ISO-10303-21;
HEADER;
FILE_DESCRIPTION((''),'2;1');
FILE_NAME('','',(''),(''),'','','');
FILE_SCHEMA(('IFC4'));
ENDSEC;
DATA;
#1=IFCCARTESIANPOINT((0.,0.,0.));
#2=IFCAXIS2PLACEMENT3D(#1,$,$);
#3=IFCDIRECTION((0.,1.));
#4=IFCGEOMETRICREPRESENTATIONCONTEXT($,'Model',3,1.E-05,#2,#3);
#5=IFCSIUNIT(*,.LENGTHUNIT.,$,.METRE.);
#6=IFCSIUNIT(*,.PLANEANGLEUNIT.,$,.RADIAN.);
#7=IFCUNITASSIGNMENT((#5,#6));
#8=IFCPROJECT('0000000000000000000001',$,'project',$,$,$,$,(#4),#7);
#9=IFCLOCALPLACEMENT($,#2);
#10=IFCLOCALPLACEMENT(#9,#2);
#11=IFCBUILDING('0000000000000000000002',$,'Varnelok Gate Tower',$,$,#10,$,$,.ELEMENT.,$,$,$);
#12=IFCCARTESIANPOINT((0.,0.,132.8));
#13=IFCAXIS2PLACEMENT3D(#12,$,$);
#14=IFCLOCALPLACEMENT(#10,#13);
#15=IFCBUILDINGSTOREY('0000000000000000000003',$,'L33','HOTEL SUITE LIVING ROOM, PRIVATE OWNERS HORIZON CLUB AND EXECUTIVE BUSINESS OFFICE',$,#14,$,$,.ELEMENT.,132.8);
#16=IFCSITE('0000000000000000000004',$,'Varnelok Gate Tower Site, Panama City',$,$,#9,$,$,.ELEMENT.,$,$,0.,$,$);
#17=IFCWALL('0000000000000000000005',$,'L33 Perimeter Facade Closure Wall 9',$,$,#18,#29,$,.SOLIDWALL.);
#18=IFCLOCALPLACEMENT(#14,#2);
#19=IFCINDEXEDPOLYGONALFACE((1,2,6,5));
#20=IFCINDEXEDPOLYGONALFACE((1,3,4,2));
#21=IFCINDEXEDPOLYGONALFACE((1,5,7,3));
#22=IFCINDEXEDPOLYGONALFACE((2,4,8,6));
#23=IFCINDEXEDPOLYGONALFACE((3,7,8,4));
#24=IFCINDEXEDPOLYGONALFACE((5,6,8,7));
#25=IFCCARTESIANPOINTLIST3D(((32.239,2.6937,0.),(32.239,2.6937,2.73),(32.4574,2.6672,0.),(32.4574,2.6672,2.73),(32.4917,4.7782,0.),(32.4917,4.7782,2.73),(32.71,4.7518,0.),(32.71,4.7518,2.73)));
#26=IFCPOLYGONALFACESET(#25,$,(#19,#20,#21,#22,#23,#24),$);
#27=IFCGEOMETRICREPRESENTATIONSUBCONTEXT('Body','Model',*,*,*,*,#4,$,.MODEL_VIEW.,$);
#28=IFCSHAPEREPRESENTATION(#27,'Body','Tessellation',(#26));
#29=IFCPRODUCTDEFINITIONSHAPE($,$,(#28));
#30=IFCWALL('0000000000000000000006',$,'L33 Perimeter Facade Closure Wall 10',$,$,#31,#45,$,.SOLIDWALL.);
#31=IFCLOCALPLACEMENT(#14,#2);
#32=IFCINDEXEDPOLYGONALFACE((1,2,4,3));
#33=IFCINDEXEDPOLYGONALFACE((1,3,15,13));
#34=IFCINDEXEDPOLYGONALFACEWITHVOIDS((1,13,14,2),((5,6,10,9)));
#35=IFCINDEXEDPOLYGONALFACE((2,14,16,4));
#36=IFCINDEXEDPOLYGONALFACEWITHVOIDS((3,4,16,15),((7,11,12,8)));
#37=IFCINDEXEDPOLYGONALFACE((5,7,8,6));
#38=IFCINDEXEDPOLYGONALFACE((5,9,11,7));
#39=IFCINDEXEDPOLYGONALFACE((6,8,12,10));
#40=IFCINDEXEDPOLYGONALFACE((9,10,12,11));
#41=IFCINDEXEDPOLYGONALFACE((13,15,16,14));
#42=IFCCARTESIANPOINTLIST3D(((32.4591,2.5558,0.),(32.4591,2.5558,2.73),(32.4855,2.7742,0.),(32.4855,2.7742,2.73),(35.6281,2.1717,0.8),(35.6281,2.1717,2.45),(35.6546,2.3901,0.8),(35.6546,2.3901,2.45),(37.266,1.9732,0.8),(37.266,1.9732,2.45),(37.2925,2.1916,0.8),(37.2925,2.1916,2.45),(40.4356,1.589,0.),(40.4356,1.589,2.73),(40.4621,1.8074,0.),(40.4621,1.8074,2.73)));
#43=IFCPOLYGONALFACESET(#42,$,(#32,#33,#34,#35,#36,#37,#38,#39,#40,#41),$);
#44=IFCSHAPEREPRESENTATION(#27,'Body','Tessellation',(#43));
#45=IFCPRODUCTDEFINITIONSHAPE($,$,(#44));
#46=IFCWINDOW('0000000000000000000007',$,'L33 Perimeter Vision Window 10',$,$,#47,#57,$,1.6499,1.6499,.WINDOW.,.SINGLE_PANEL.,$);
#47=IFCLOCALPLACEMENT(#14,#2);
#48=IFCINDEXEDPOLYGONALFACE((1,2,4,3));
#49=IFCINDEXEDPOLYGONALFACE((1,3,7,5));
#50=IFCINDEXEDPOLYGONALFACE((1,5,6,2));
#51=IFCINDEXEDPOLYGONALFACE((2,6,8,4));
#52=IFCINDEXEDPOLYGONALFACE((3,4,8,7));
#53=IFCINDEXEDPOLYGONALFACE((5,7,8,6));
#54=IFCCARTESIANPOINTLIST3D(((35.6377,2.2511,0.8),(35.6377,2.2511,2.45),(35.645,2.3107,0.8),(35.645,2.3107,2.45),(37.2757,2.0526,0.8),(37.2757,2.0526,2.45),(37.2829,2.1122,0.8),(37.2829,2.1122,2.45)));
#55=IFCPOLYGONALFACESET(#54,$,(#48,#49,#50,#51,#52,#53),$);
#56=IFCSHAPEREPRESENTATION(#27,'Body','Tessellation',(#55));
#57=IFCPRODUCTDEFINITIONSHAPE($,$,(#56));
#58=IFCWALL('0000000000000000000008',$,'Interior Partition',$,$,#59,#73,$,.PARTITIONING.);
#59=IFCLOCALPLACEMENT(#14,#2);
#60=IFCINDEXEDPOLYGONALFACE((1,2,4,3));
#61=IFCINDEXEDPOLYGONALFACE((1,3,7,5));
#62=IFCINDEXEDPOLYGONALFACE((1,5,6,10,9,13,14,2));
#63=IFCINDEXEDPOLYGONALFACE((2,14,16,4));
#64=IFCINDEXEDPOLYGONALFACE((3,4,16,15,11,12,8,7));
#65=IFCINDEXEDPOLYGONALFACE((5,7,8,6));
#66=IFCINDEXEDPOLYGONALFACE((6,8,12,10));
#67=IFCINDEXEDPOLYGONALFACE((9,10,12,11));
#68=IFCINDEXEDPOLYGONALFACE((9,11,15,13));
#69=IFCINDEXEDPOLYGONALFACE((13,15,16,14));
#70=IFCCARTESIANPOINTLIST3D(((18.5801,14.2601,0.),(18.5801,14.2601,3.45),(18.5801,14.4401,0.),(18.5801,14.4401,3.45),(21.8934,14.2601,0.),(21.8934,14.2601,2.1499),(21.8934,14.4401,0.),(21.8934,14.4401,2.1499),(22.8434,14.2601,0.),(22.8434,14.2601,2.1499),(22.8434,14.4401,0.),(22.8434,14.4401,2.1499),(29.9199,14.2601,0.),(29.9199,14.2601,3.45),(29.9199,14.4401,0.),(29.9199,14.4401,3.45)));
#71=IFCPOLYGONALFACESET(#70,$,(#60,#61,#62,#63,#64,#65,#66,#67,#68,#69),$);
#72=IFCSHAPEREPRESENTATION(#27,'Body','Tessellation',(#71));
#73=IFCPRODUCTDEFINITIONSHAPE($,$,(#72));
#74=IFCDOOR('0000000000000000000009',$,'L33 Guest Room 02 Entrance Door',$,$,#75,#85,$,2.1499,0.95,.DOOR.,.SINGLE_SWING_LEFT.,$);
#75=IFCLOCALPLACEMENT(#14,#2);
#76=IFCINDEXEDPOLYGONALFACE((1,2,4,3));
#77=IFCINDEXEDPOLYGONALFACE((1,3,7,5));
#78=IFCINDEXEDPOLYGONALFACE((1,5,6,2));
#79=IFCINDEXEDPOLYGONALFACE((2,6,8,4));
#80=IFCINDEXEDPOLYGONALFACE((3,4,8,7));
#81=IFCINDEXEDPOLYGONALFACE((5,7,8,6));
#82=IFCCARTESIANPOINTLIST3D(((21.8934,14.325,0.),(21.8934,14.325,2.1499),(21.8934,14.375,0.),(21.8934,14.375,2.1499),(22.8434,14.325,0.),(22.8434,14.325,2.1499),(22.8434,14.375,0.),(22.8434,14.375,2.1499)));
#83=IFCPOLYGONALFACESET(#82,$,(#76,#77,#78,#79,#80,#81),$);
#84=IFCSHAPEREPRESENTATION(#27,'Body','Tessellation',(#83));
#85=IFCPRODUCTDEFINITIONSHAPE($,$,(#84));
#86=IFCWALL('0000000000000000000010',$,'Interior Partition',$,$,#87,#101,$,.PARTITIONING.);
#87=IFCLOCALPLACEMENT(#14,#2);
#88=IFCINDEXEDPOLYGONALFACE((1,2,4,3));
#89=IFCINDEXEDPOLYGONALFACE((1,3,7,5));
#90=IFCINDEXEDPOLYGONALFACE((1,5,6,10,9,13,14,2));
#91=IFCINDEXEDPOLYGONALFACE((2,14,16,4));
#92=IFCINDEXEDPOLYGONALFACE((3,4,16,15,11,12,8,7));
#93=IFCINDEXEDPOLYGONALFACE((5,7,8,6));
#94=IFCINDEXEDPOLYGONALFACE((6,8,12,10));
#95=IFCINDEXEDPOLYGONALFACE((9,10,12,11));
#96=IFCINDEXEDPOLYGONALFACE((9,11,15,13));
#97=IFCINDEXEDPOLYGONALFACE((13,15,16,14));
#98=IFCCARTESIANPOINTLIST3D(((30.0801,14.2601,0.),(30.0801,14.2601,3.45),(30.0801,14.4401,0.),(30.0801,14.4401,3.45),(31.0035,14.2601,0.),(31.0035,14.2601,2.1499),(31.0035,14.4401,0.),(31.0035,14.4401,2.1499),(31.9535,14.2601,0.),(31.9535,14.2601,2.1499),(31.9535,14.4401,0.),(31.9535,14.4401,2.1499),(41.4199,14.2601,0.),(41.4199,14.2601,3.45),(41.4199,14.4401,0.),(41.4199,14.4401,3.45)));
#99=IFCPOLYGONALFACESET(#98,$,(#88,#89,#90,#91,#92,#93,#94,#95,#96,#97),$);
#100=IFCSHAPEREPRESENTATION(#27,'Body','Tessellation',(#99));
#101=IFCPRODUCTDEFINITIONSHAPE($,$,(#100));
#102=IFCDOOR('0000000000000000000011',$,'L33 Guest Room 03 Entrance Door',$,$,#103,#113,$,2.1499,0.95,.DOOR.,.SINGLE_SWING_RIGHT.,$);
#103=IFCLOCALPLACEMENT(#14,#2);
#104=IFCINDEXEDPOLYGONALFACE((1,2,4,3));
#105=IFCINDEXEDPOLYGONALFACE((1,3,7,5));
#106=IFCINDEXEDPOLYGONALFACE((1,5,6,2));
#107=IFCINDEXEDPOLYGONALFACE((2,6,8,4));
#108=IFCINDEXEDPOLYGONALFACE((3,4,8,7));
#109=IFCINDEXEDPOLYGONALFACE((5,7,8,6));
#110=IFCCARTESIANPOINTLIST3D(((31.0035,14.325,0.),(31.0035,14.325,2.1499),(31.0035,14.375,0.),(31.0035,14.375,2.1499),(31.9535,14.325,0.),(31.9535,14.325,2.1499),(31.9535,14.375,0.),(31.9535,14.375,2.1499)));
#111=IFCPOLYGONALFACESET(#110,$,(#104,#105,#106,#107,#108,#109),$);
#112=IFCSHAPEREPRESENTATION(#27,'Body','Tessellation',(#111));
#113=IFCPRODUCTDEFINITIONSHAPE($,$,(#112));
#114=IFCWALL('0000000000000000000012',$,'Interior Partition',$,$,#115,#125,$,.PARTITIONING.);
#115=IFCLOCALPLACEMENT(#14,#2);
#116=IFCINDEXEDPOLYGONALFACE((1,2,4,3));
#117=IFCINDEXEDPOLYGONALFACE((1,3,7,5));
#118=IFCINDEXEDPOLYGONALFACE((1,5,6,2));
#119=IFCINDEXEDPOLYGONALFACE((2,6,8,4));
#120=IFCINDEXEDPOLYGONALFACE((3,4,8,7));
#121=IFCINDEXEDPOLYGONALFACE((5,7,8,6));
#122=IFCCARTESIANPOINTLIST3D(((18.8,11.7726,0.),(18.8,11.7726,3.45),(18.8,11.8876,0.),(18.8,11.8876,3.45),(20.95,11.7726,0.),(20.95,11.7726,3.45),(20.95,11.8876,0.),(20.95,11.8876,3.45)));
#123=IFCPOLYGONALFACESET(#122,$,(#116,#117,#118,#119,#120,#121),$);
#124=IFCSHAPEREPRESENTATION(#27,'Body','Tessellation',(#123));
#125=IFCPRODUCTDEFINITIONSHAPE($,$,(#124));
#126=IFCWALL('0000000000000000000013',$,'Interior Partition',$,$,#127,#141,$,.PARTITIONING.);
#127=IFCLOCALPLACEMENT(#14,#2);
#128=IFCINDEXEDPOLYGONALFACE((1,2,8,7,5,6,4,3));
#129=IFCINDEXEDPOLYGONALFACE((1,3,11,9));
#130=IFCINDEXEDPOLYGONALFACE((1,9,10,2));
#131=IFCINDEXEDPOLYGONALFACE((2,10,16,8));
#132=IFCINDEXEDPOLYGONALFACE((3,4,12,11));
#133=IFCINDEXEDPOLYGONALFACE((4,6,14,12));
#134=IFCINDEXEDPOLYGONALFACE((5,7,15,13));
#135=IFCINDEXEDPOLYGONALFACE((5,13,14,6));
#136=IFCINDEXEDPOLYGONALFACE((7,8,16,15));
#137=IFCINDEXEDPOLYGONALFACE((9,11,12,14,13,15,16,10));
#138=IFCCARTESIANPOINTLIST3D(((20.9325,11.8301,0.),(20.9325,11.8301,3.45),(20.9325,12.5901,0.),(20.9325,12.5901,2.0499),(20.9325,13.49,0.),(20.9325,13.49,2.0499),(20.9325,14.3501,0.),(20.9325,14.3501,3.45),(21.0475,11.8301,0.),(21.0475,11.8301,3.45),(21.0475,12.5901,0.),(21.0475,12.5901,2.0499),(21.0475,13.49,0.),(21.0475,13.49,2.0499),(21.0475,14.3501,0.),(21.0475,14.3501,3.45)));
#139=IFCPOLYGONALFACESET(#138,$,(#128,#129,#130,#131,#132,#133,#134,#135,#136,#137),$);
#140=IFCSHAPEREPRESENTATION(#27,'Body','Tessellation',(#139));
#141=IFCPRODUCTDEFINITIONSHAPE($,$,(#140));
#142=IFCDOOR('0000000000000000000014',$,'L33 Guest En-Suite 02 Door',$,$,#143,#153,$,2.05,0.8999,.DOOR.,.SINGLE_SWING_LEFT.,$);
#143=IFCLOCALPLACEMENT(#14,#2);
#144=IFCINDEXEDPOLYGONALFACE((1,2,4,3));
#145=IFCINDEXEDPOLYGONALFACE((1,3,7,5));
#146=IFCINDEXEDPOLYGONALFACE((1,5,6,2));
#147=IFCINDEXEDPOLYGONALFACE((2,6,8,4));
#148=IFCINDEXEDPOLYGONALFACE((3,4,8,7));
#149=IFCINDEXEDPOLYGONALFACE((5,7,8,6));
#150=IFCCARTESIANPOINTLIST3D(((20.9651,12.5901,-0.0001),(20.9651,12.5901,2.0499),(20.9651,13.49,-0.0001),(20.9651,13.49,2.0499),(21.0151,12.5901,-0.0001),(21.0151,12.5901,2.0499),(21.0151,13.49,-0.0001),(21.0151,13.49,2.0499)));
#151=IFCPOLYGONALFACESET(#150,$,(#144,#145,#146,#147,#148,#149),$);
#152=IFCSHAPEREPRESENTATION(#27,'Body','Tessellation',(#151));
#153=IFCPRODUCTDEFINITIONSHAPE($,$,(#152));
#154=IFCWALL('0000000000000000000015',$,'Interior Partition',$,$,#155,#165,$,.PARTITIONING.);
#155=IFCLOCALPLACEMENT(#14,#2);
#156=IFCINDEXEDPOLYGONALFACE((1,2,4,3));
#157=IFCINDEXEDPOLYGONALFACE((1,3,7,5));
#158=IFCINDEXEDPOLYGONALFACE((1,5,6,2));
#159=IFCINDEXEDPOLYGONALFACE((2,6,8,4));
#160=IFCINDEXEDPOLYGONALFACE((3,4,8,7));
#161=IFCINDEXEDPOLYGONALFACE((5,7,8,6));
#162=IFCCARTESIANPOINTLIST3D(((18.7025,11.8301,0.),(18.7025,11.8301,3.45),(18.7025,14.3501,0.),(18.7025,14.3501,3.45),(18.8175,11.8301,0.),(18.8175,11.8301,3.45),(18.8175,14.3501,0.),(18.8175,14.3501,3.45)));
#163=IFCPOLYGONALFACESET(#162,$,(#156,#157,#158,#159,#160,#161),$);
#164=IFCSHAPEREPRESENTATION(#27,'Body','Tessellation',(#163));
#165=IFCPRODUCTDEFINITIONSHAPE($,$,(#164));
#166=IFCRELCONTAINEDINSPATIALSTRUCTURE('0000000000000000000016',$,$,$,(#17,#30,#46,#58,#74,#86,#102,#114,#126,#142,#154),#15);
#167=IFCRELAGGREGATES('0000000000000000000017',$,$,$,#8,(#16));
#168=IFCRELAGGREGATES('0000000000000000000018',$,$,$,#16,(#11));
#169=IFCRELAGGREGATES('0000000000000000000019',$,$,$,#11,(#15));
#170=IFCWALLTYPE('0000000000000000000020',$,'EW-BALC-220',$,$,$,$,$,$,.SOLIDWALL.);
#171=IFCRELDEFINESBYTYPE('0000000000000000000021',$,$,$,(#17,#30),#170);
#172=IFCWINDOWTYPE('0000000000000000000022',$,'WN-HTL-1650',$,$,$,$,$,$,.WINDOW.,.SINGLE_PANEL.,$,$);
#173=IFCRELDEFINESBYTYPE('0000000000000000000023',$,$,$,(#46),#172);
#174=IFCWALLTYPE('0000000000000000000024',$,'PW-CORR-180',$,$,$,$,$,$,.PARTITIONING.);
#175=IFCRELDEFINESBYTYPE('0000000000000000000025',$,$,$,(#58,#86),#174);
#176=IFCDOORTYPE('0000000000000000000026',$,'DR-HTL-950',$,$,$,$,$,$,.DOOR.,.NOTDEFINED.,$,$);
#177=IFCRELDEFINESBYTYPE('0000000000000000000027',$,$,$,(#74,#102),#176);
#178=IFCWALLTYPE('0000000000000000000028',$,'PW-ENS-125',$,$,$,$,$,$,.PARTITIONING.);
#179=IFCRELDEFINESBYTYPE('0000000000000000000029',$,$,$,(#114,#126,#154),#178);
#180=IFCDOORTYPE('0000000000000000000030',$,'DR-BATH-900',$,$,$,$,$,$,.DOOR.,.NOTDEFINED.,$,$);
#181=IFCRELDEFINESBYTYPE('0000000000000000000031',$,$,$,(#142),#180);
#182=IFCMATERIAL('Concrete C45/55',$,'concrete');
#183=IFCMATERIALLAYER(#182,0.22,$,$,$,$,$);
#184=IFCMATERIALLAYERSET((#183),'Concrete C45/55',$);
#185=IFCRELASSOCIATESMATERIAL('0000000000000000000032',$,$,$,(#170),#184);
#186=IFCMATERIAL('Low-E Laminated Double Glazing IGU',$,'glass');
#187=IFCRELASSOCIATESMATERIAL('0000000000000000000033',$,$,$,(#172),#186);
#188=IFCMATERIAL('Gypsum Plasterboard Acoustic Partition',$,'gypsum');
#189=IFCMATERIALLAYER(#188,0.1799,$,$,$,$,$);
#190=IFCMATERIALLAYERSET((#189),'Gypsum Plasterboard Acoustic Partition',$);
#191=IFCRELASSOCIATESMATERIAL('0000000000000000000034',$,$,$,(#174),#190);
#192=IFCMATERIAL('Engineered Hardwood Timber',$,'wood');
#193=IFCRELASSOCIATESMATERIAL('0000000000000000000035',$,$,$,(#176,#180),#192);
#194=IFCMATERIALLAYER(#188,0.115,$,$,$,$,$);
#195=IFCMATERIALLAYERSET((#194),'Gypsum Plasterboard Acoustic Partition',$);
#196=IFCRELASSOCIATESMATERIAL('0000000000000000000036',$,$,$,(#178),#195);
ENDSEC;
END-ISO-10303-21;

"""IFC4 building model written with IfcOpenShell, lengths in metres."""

from ifc_helpers import new_model, si_unit, direction, frame, frame_2d, origin, place, context, subcontext, project, spatial, rectangle, extrude, material, layer, layer_set, type_object, element, fill, save


model = new_model("IFC4")

# Units and contexts
model_context = context("Model", 3, precision=1e-05, world=origin(), true_north=direction((0.0, 1.0)))
body_context = subcontext(model_context, "Body", "Model", "MODEL_VIEW")
ifc_project = project(units=[si_unit("LENGTHUNIT", "METRE"), si_unit("PLANEANGLEUNIT", "RADIAN")], contexts=[model_context])

# Site, building, storey
site_placement = place(None, origin())
site = spatial("IfcSite", under=ifc_project, at=site_placement, Name="Varnelok Gate Tower Site, Panama City", CompositionType="ELEMENT", RefElevation=0.0)
building_placement = place(site_placement, origin())
building = spatial("IfcBuilding", under=site, at=building_placement, Name="Varnelok Gate Tower", CompositionType="ELEMENT")
storey_placement = place(building_placement, frame((0.0, 0.0, 132.8)))
storey = spatial("IfcBuildingStorey", under=building, at=storey_placement, Name="L33", Description="HOTEL SUITE LIVING ROOM, PRIVATE OWNERS HORIZON CLUB AND EXECUTIVE BUSINESS OFFICE", CompositionType="ELEMENT", Elevation=132.8)

# Shared definitions
ifc_material_1 = material(Name="Concrete C45/55", Category="concrete")
ifc_layer_1 = layer(ifc_material_1, 0.22)
ifc_layer_set_1 = layer_set([ifc_layer_1], Name="Concrete C45/55")
wall_type_1 = type_object("IfcWallType", Name="EW-BALC-220", PredefinedType="SOLIDWALL", material=ifc_layer_set_1)

# Wall
wall_1_placement = place(storey_placement, frame((32.6008, 4.7649, 0.0), z_axis=(0.0, 0.0, 1.0), x_axis=(-0.120328, -0.992734, 0.0)))
element("IfcWall", 1, at=wall_1_placement, inside=storey, type_object=wall_type_1, Name="L33 Perimeter Facade Closure Wall 9", PredefinedType="SOLIDWALL", context=body_context, shape_type="SweptSolid", body=[
    extrude(rectangle(XDim=2.0999, YDim=0.22, at=frame_2d((1.0498, 0.0))), origin(), (0.0, 0.0, 1.0), 2.73),
])

# Wall, opening, window
wall_2_placement = place(storey_placement, frame((32.4722, 2.665, 0.0), z_axis=(0.0, 0.0, 1.0), x_axis=(0.992735, -0.120324, 0.0)))
wall_2 = element("IfcWall", 2, at=wall_2_placement, inside=storey, type_object=wall_type_1, Name="L33 Perimeter Facade Closure Wall 10", PredefinedType="SOLIDWALL", context=body_context, shape_type="SweptSolid", body=[
    extrude(rectangle(XDim=8.0349, YDim=0.22, at=frame_2d((4.0176, 0.0))), origin(), (0.0, 0.0, 1.0), 2.73),
])
opening_1_placement = place(wall_2_placement, frame((3.1924, 0.0, 0.8)))
opening_1 = element("IfcOpeningElement", 3, at=opening_1_placement, cuts=wall_2, PredefinedType="OPENING", context=body_context, shape_type="SweptSolid", body=[
    extrude(rectangle(XDim=1.6499, YDim=1.6499, at=frame_2d((0.825, 0.825))), frame((0.0, 0.1199, 0.0), z_axis=(0.0, -1.0, 0.0), x_axis=(1.0, 0.0, 0.0)), (0.0, 0.0, 1.0), 0.24),
])
ifc_material_2 = material(Name="Low-E Laminated Double Glazing IGU", Category="glass")
window_type = type_object("IfcWindowType", Name="WN-HTL-1650", PartitioningType="SINGLE_PANEL", PredefinedType="WINDOW", material=ifc_material_2)
window_placement = place(opening_1_placement, origin())
window = element("IfcWindow", 4, at=window_placement, inside=storey, type_object=window_type, Name="L33 Perimeter Vision Window 10", OverallHeight=1.6499, OverallWidth=1.6499, PartitioningType="SINGLE_PANEL", PredefinedType="WINDOW", context=body_context, shape_type="SweptSolid", body=[
    extrude(rectangle(XDim=1.6499, YDim=1.6499, at=frame_2d((0.825, 0.825))), frame((0.0, 0.03, 0.0), z_axis=(0.0, -1.0, 0.0), x_axis=(1.0, 0.0, 0.0)), (0.0, 0.0, 1.0), 0.0601),
])
fill(opening_1, window)

# Walls, openings, doors
ifc_material_3 = material(Name="Gypsum Plasterboard Acoustic Partition", Category="gypsum")
ifc_layer_2 = layer(ifc_material_3, 0.1799)
ifc_layer_set_2 = layer_set([ifc_layer_2], Name="Gypsum Plasterboard Acoustic Partition")
wall_type_2 = type_object("IfcWallType", Name="PW-CORR-180", PredefinedType="PARTITIONING", material=ifc_layer_set_2)
wall_3_placement = place(storey_placement, frame((18.5801, 14.3501, 0.0), z_axis=(0.0, 0.0, 1.0), x_axis=(1.0, 0.0, 0.0)))
wall_3 = element("IfcWall", 5, at=wall_3_placement, inside=storey, type_object=wall_type_2, Name="Interior Partition", PredefinedType="PARTITIONING", context=body_context, shape_type="SweptSolid", body=[
    extrude(rectangle(XDim=11.3398, YDim=0.1799, at=frame_2d((5.6699, 0.0))), origin(), (0.0, 0.0, 1.0), 3.45),
])
opening_2_placement = place(wall_3_placement, frame((3.3132, 0.0, 0.0)))
opening_2 = element("IfcOpeningElement", 6, at=opening_2_placement, cuts=wall_3, PredefinedType="OPENING", context=body_context, shape_type="SweptSolid", body=[
    extrude(rectangle(XDim=0.95, YDim=2.1499, at=frame_2d((0.4751, 1.075))), frame((0.0, 0.0999, 0.0), z_axis=(0.0, -1.0, 0.0), x_axis=(1.0, 0.0, 0.0)), (0.0, 0.0, 1.0), 0.2),
])
ifc_material_4 = material(Name="Engineered Hardwood Timber", Category="wood")
door_type_1 = type_object("IfcDoorType", Name="DR-HTL-950", OperationType="NOTDEFINED", PredefinedType="DOOR", material=ifc_material_4)
door_1_placement = place(opening_2_placement, origin())
door_1 = element("IfcDoor", 7, at=door_1_placement, inside=storey, type_object=door_type_1, Name="L33 Guest Room 02 Entrance Door", OperationType="SINGLE_SWING_LEFT", OverallHeight=2.1499, OverallWidth=0.95, PredefinedType="DOOR", context=body_context, shape_type="SweptSolid", body=[
    extrude(rectangle(XDim=0.95, YDim=2.1499, at=frame_2d((0.4751, 1.075))), frame((0.0, 0.0249, 0.0), z_axis=(0.0, -1.0, 0.0), x_axis=(1.0, 0.0, 0.0)), (0.0, 0.0, 1.0), 0.05),
])
fill(opening_2, door_1)
wall_4_placement = place(storey_placement, frame((30.0801, 14.3501, 0.0), z_axis=(0.0, 0.0, 1.0), x_axis=(1.0, 0.0, 0.0)))
wall_4 = element("IfcWall", 8, at=wall_4_placement, inside=storey, type_object=wall_type_2, Name="Interior Partition", PredefinedType="PARTITIONING", context=body_context, shape_type="SweptSolid", body=[
    extrude(rectangle(XDim=11.3398, YDim=0.1799, at=frame_2d((5.6699, 0.0))), origin(), (0.0, 0.0, 1.0), 3.45),
])
opening_3_placement = place(wall_4_placement, frame((0.9233, 0.0, 0.0)))
opening_3 = element("IfcOpeningElement", 9, at=opening_3_placement, cuts=wall_4, PredefinedType="OPENING", context=body_context, shape_type="SweptSolid", body=[
    extrude(rectangle(XDim=0.95, YDim=2.1499, at=frame_2d((0.4751, 1.075))), frame((0.0, 0.0999, 0.0), z_axis=(0.0, -1.0, 0.0), x_axis=(1.0, 0.0, 0.0)), (0.0, 0.0, 1.0), 0.2),
])
door_2_placement = place(opening_3_placement, origin())
door_2 = element("IfcDoor", 10, at=door_2_placement, inside=storey, type_object=door_type_1, Name="L33 Guest Room 03 Entrance Door", OperationType="SINGLE_SWING_RIGHT", OverallHeight=2.1499, OverallWidth=0.95, PredefinedType="DOOR", context=body_context, shape_type="SweptSolid", body=[
    extrude(rectangle(XDim=0.95, YDim=2.1499, at=frame_2d((0.4751, 1.075))), frame((0.0, 0.0249, 0.0), z_axis=(0.0, -1.0, 0.0), x_axis=(1.0, 0.0, 0.0)), (0.0, 0.0, 1.0), 0.05),
])
fill(opening_3, door_2)

# Wall
ifc_layer_3 = layer(ifc_material_3, 0.115)
ifc_layer_set_3 = layer_set([ifc_layer_3], Name="Gypsum Plasterboard Acoustic Partition")
wall_type_3 = type_object("IfcWallType", Name="PW-ENS-125", PredefinedType="PARTITIONING", material=ifc_layer_set_3)
wall_5_placement = place(storey_placement, frame((18.8, 11.8301, 0.0), z_axis=(0.0, 0.0, 1.0), x_axis=(1.0, 0.0, 0.0)))
element("IfcWall", 11, at=wall_5_placement, inside=storey, type_object=wall_type_3, Name="Interior Partition", PredefinedType="PARTITIONING", context=body_context, shape_type="SweptSolid", body=[
    extrude(rectangle(XDim=2.1499, YDim=0.115, at=frame_2d((1.075, 0.0))), origin(), (0.0, 0.0, 1.0), 3.45),
])

# Wall, opening, door
wall_6_placement = place(storey_placement, frame((20.99, 11.8301, 0.0), z_axis=(0.0, 0.0, 1.0), x_axis=(0.0, 1.0, 0.0)))
wall_6 = element("IfcWall", 12, at=wall_6_placement, inside=storey, type_object=wall_type_3, Name="Interior Partition", PredefinedType="PARTITIONING", context=body_context, shape_type="SweptSolid", body=[
    extrude(rectangle(XDim=2.52, YDim=0.115, at=frame_2d((1.26, 0.0))), origin(), (0.0, 0.0, 1.0), 3.45),
])
opening_4_placement = place(wall_6_placement, frame((0.76, 0.0, 0.0)))
opening_4 = element("IfcOpeningElement", 13, at=opening_4_placement, cuts=wall_6, PredefinedType="OPENING", context=body_context, shape_type="SweptSolid", body=[
    extrude(rectangle(XDim=0.8999, YDim=2.05, at=frame_2d((0.45, 1.0249))), frame((0.0, 0.0674, 0.0), z_axis=(0.0, -1.0, 0.0), x_axis=(1.0, 0.0, 0.0)), (0.0, 0.0, 1.0), 0.135),
])
door_type_2 = type_object("IfcDoorType", Name="DR-BATH-900", OperationType="NOTDEFINED", PredefinedType="DOOR", material=ifc_material_4)
door_3_placement = place(opening_4_placement, origin())
door_3 = element("IfcDoor", 14, at=door_3_placement, inside=storey, type_object=door_type_2, Name="L33 Guest En-Suite 02 Door", OperationType="SINGLE_SWING_LEFT", OverallHeight=2.05, OverallWidth=0.8999, PredefinedType="DOOR", context=body_context, shape_type="SweptSolid", body=[
    extrude(rectangle(XDim=0.8999, YDim=2.05, at=frame_2d((0.45, 1.0249))), frame((0.0, 0.0249, 0.0), z_axis=(0.0, -1.0, 0.0), x_axis=(1.0, 0.0, 0.0)), (0.0, 0.0, 1.0), 0.05),
])
fill(opening_4, door_3)

# Wall
wall_7_placement = place(storey_placement, frame((18.76, 11.8301, 0.0), z_axis=(0.0, 0.0, 1.0), x_axis=(0.0, 1.0, 0.0)))
element("IfcWall", 15, at=wall_7_placement, inside=storey, type_object=wall_type_3, Name="Interior Partition", PredefinedType="PARTITIONING", context=body_context, shape_type="SweptSolid", body=[
    extrude(rectangle(XDim=2.52, YDim=0.115, at=frame_2d((1.26, 0.0))), origin(), (0.0, 0.0, 1.0), 3.45),
])

save(model, "model.ifc")
